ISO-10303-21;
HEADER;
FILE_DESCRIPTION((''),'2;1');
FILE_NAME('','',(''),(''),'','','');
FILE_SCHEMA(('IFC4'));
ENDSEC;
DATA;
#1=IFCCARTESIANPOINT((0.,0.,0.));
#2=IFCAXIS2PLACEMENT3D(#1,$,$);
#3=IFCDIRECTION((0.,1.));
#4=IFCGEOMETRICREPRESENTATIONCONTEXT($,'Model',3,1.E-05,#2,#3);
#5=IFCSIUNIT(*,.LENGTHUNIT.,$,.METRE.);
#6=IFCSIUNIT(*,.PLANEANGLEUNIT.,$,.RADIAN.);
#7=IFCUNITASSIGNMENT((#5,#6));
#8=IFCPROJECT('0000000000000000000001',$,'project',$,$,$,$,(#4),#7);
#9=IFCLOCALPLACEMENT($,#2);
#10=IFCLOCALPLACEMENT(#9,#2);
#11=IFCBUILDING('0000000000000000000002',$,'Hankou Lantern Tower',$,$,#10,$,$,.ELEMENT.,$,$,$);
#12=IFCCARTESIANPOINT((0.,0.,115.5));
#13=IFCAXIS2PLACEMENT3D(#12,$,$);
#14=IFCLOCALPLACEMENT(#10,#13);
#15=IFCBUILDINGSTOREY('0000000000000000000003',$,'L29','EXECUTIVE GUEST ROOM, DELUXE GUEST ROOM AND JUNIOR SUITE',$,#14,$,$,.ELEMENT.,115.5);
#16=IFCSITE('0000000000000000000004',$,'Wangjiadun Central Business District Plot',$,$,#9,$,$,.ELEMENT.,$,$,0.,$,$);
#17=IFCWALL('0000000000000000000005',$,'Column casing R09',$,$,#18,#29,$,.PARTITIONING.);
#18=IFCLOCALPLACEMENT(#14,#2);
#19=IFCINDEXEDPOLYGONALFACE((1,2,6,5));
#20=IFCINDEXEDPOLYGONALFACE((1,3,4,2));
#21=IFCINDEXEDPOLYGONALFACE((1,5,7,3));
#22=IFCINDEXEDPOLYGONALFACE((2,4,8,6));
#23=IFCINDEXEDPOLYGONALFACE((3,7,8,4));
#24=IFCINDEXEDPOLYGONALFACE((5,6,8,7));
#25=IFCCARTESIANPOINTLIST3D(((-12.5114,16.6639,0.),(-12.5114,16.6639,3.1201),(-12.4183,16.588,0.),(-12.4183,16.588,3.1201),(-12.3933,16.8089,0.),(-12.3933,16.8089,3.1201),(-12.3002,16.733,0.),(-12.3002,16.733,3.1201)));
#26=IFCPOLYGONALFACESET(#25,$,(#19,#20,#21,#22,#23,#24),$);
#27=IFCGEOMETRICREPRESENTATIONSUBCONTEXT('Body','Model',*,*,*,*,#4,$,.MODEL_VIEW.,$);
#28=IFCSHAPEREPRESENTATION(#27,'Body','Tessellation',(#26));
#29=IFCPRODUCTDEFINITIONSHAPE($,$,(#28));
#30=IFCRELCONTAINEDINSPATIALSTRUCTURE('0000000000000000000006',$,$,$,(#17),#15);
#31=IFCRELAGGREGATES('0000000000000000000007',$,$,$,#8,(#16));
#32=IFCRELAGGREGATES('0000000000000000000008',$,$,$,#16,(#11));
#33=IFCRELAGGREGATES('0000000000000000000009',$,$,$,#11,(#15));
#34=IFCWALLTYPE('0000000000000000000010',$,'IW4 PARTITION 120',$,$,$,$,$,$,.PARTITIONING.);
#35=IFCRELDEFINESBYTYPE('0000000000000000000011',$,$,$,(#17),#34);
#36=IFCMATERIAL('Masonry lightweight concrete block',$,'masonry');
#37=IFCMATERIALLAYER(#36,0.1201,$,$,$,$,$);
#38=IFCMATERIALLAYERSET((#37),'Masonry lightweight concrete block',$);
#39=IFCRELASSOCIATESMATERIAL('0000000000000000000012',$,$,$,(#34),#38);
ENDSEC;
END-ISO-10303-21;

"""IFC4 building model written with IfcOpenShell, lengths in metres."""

from ifc_helpers import new_model, si_unit, direction, frame, frame_2d, origin, place, context, subcontext, project, spatial, rectangle, extrude, material, layer, layer_set, type_object, element, save


model = new_model("IFC4")

# Units and contexts
model_context = context("Model", 3, precision=1e-05, world=origin(), true_north=direction((0.0, 1.0)))
body_context = subcontext(model_context, "Body", "Model", "MODEL_VIEW")
ifc_project = project(units=[si_unit("LENGTHUNIT", "METRE"), si_unit("PLANEANGLEUNIT", "RADIAN")], contexts=[model_context])

# Site, building, storey
site_placement = place(None, origin())
site = spatial("IfcSite", under=ifc_project, at=site_placement, Name="Wangjiadun Central Business District Plot", CompositionType="ELEMENT", RefElevation=0.0)
building_placement = place(site_placement, origin())
building = spatial("IfcBuilding", under=site, at=building_placement, Name="Hankou Lantern Tower", CompositionType="ELEMENT")
storey_placement = place(building_placement, frame((0.0, 0.0, 115.5)))
storey = spatial("IfcBuildingStorey", under=building, at=storey_placement, Name="L29", Description="EXECUTIVE GUEST ROOM, DELUXE GUEST ROOM AND JUNIOR SUITE", CompositionType="ELEMENT", Elevation=115.5)

# Wall
ifc_material_1 = material(Name="Masonry lightweight concrete block", Category="masonry")
ifc_layer_1 = layer(ifc_material_1, 0.1201)
ifc_layer_set_1 = layer_set([ifc_layer_1], Name="Masonry lightweight concrete block")
wall_type_1 = type_object("IfcWallType", Name="IW4 PARTITION 120", PredefinedType="PARTITIONING", material=ifc_layer_set_1)
wall_1_placement = place(storey_placement, frame((-12.4648, 16.626, 0.0), z_axis=(0.0, 0.0, 1.0), x_axis=(0.631673, 0.775235, 0.0)))
element("IfcWall", 1, at=wall_1_placement, inside=storey, type_object=wall_type_1, Name="Column casing R09", PredefinedType="PARTITIONING", context=body_context, shape_type="SweptSolid", body=[
    extrude(rectangle(XDim=0.187, YDim=0.1201, at=frame_2d((0.0935, 0.0))), origin(), (0.0, 0.0, 1.0), 3.1201),
])

save(model, "model.ifc")
